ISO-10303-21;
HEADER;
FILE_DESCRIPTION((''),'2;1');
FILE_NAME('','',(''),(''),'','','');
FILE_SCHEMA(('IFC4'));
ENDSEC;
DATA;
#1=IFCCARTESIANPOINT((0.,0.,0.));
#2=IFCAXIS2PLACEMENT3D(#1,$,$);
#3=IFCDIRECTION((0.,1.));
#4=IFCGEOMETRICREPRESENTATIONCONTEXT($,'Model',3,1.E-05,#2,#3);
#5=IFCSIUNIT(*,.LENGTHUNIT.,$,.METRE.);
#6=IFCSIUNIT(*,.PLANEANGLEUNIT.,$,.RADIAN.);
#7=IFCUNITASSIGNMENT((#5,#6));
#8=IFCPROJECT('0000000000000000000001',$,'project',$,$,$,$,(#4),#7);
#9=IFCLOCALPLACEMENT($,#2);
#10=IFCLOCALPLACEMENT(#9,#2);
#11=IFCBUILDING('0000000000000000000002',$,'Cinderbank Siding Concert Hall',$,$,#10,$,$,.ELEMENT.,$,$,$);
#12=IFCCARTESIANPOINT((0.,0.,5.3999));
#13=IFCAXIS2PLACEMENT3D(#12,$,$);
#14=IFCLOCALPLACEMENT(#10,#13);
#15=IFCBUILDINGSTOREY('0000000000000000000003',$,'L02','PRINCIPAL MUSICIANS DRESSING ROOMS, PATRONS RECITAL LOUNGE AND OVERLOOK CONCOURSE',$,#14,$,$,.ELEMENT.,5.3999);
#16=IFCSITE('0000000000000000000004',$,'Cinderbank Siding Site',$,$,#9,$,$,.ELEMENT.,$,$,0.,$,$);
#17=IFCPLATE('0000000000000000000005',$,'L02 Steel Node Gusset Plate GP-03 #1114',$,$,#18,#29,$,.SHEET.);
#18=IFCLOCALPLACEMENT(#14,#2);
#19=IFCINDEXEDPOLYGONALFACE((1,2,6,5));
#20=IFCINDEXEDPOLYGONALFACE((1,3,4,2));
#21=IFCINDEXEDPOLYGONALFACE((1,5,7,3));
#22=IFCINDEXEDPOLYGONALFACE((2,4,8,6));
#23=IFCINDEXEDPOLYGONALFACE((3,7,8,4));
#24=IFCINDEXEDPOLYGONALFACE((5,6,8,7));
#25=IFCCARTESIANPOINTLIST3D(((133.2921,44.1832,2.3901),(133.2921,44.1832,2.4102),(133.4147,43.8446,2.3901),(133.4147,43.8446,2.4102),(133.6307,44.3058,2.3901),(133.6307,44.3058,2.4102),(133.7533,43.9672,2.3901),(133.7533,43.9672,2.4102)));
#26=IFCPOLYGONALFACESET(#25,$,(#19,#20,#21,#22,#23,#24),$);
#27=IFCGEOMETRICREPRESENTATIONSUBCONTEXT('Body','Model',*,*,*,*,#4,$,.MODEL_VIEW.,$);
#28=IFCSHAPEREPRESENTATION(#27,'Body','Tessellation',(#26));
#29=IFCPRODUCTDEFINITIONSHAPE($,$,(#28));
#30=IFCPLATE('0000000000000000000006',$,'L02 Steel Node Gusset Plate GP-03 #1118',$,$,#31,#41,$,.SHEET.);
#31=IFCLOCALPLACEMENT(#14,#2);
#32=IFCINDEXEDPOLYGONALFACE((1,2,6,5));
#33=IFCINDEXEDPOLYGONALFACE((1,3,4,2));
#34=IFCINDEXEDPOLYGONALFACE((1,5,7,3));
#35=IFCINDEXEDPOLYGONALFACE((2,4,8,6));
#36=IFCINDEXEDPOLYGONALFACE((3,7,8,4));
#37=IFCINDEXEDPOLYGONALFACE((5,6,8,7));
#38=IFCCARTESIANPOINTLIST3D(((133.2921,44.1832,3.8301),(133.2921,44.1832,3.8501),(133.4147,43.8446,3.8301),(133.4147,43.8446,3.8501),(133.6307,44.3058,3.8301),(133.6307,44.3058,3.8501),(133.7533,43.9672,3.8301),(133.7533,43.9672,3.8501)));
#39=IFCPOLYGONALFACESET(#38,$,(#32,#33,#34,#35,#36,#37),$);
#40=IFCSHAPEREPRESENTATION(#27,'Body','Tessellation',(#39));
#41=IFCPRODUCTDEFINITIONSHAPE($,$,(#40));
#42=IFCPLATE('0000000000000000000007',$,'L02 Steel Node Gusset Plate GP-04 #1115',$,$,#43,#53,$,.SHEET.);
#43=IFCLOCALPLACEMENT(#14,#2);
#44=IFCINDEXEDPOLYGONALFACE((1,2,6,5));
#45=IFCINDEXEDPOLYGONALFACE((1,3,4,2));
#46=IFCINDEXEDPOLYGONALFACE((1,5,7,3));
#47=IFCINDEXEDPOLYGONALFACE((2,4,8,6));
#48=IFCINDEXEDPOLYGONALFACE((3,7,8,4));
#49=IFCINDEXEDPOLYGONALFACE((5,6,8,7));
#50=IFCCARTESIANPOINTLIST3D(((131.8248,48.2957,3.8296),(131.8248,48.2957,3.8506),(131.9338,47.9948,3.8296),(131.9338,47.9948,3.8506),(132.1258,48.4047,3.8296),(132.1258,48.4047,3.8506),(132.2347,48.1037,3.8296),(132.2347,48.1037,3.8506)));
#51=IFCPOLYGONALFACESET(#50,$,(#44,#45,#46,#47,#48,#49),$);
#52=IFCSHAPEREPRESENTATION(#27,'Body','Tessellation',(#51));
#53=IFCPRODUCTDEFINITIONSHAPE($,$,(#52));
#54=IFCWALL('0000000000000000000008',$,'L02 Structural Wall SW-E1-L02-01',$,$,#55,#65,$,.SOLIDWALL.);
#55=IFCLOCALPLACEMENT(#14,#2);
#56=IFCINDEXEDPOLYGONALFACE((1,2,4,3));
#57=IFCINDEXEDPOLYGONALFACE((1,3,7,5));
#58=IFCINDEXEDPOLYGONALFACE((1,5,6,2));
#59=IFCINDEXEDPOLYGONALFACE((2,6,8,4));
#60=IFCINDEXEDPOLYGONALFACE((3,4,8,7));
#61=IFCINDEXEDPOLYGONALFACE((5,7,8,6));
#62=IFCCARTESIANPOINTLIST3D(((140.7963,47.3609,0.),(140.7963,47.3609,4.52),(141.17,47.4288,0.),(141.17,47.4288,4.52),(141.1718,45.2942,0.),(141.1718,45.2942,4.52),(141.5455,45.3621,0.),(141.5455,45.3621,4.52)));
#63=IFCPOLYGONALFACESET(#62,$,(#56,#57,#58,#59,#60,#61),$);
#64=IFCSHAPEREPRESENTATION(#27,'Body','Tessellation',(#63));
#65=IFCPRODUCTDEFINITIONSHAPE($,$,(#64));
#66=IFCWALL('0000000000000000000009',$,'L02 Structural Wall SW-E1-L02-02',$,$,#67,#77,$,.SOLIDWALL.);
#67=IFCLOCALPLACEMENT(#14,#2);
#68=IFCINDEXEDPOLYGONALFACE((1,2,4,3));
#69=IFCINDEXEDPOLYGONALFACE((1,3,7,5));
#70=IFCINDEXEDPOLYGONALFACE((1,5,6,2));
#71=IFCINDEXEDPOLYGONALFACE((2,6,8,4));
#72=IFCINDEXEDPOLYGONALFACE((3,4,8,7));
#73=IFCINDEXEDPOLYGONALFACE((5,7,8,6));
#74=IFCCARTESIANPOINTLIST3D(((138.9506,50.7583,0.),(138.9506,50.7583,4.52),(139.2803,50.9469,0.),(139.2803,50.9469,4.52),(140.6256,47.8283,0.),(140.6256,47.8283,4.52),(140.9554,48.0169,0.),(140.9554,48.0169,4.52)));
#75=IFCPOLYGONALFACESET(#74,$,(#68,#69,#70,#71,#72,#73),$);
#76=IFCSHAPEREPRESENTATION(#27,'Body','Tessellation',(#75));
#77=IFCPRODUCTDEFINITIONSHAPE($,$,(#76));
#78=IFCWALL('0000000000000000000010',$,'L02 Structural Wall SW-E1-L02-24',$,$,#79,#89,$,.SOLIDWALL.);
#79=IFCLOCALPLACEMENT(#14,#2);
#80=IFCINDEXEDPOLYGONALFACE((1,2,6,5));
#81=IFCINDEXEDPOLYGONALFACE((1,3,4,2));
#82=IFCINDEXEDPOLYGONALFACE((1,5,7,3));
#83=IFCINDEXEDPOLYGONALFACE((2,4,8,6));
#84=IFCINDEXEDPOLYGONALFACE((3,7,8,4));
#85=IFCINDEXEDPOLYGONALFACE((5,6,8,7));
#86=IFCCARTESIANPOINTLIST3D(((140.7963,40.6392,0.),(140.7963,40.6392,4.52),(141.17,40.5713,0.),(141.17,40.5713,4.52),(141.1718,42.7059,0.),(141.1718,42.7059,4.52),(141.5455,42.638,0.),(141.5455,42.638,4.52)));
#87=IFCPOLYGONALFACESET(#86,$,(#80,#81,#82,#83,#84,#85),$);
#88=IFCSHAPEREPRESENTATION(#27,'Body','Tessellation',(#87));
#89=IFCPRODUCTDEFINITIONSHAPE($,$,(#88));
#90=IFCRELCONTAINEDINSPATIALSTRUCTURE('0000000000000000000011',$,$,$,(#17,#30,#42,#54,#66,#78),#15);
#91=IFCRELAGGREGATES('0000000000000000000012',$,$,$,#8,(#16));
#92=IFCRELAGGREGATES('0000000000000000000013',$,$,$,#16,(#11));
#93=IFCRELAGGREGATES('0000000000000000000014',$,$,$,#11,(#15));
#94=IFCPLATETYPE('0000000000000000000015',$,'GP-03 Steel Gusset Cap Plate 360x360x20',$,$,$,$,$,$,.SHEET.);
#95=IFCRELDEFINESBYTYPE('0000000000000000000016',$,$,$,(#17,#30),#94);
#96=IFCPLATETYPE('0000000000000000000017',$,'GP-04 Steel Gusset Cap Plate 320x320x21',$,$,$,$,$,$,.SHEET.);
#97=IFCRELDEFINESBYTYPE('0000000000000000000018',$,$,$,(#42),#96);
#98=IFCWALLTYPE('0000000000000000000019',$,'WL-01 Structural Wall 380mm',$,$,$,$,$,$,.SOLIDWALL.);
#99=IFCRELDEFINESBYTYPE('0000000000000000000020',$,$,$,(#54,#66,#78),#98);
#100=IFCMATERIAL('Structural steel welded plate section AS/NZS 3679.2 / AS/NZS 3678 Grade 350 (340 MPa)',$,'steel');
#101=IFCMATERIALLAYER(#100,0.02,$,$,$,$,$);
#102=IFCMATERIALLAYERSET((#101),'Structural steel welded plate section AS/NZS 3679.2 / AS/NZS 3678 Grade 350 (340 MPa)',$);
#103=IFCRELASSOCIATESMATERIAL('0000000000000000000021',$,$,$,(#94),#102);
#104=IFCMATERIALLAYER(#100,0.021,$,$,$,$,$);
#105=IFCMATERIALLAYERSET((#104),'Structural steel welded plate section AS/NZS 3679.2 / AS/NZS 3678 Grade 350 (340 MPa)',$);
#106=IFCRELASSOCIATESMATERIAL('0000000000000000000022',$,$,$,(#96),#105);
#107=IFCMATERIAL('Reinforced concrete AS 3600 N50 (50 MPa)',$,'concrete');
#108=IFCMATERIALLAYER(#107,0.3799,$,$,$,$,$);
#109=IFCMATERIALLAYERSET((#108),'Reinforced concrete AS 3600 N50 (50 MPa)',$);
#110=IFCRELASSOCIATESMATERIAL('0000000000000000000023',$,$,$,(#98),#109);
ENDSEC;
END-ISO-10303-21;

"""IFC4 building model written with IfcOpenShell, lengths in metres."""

from ifc_helpers import new_model, si_unit, direction, frame, frame_2d, origin, origin_2d, place, context, subcontext, project, spatial, rectangle, extrude, material, layer, layer_set, type_object, element, save


model = new_model("IFC4")

# Units and contexts
model_context = context("Model", 3, precision=1e-05, world=origin(), true_north=direction((0.0, 1.0)))
body_context = subcontext(model_context, "Body", "Model", "MODEL_VIEW")
ifc_project = project(units=[si_unit("LENGTHUNIT", "METRE"), si_unit("PLANEANGLEUNIT", "RADIAN")], contexts=[model_context])

# Site, building, storey
site_placement = place(None, origin())
site = spatial("IfcSite", under=ifc_project, at=site_placement, Name="Cinderbank Siding Site", CompositionType="ELEMENT", RefElevation=0.0)
building_placement = place(site_placement, origin())
building = spatial("IfcBuilding", under=site, at=building_placement, Name="Cinderbank Siding Concert Hall", CompositionType="ELEMENT")
storey_placement = place(building_placement, frame((0.0, 0.0, 5.3999)))
storey = spatial("IfcBuildingStorey", under=building, at=storey_placement, Name="L02", Description="PRINCIPAL MUSICIANS DRESSING ROOMS, PATRONS RECITAL LOUNGE AND OVERLOOK CONCOURSE", CompositionType="ELEMENT", Elevation=5.3999)

# Shared definitions
ifc_material_1 = material(Name="Reinforced concrete AS 3600 N50 (50 MPa)", Category="concrete")

# Plates
ifc_material_2 = material(Name="Structural steel welded plate section AS/NZS 3679.2 / AS/NZS 3678 Grade 350 (340 MPa)", Category="steel")
ifc_layer_1 = layer(ifc_material_2, 0.02)
ifc_layer_set_1 = layer_set([ifc_layer_1], Name="Structural steel welded plate section AS/NZS 3679.2 / AS/NZS 3678 Grade 350 (340 MPa)")
plate_type_1 = type_object("IfcPlateType", Name="GP-03 Steel Gusset Cap Plate 360x360x20", PredefinedType="SHEET", material=ifc_layer_set_1)
for number, where, z_axis, x_axis, name in (
    (1, (133.5227, 44.0752, 2.3901), (0.0, 0.0, 1.0), (-0.34038, 0.940288, 0.0), "L02 Steel Node Gusset Plate GP-03 #1114"),
    (2, (133.5227, 44.0752, 3.8301), (0.0, 0.0, 1.0), (0.34038, -0.940288, 0.0), "L02 Steel Node Gusset Plate GP-03 #1118"),
):
    element("IfcPlate", number, at=place(storey_placement, frame(where, z_axis=z_axis, x_axis=x_axis)), inside=storey, type_object=plate_type_1, Name=name, PredefinedType="SHEET", context=body_context, shape_type="SweptSolid", body=[
        extrude(rectangle(XDim=0.3601, YDim=0.3601, at=origin_2d()), origin(), (0.0, 0.0, 1.0), 0.02),
    ])
ifc_layer_2 = layer(ifc_material_2, 0.021)
ifc_layer_set_2 = layer_set([ifc_layer_2], Name="Structural steel welded plate section AS/NZS 3679.2 / AS/NZS 3678 Grade 350 (340 MPa)")
plate_type_2 = type_object("IfcPlateType", Name="GP-04 Steel Gusset Cap Plate 320x320x21", PredefinedType="SHEET", material=ifc_layer_set_2)
plate_1_placement = place(storey_placement, frame((132.0298, 48.1997, 3.8296), z_axis=(0.0, 0.0, 1.0), x_axis=(-0.34038, 0.940288, 0.0)))
element("IfcPlate", 3, at=plate_1_placement, inside=storey, type_object=plate_type_2, Name="L02 Steel Node Gusset Plate GP-04 #1115", PredefinedType="SHEET", context=body_context, shape_type="SweptSolid", body=[
    extrude(rectangle(XDim=0.3201, YDim=0.3201, at=origin_2d()), origin(), (0.0, 0.0, 1.0), 0.021),
])

# Walls
ifc_layer_3 = layer(ifc_material_1, 0.3799)
ifc_layer_set_3 = layer_set([ifc_layer_3], Name="Reinforced concrete AS 3600 N50 (50 MPa)")
wall_type = type_object("IfcWallType", Name="WL-01 Structural Wall 380mm", PredefinedType="SOLIDWALL", material=ifc_layer_set_3)
wall_1_placement = place(storey_placement, frame((141.3586, 45.3281, 0.0), z_axis=(0.0, 0.0, 1.0), x_axis=(-0.178763, 0.983892, 0.0)))
element("IfcWall", 4, at=wall_1_placement, inside=storey, type_object=wall_type, Name="L02 Structural Wall SW-E1-L02-01", PredefinedType="SOLIDWALL", context=body_context, shape_type="SweptSolid", body=[
    extrude(rectangle(XDim=2.1006, YDim=0.3799, at=frame_2d((1.0503, 0.0))), origin(), (0.0, 0.0, 1.0), 4.52),
])
wall_2_placement = place(storey_placement, frame((140.7905, 47.9226, 0.0), z_axis=(0.0, 0.0, 1.0), x_axis=(-0.496318, 0.868141, 0.0)))
element("IfcWall", 5, at=wall_2_placement, inside=storey, type_object=wall_type, Name="L02 Structural Wall SW-E1-L02-02", PredefinedType="SOLIDWALL", context=body_context, shape_type="SweptSolid", body=[
    extrude(rectangle(XDim=3.375, YDim=0.3799, at=frame_2d((1.6875, 0.0))), origin(), (0.0, 0.0, 1.0), 4.52),
])
wall_3_placement = place(storey_placement, frame((140.9832, 40.6052, 0.0), z_axis=(0.0, 0.0, 1.0), x_axis=(0.178763, 0.983892, 0.0)))
element("IfcWall", 6, at=wall_3_placement, inside=storey, type_object=wall_type, Name="L02 Structural Wall SW-E1-L02-24", PredefinedType="SOLIDWALL", context=body_context, shape_type="SweptSolid", body=[
    extrude(rectangle(XDim=2.1006, YDim=0.3799, at=frame_2d((1.0503, 0.0))), origin(), (0.0, 0.0, 1.0), 4.52),
])

save(model, "model.ifc")
